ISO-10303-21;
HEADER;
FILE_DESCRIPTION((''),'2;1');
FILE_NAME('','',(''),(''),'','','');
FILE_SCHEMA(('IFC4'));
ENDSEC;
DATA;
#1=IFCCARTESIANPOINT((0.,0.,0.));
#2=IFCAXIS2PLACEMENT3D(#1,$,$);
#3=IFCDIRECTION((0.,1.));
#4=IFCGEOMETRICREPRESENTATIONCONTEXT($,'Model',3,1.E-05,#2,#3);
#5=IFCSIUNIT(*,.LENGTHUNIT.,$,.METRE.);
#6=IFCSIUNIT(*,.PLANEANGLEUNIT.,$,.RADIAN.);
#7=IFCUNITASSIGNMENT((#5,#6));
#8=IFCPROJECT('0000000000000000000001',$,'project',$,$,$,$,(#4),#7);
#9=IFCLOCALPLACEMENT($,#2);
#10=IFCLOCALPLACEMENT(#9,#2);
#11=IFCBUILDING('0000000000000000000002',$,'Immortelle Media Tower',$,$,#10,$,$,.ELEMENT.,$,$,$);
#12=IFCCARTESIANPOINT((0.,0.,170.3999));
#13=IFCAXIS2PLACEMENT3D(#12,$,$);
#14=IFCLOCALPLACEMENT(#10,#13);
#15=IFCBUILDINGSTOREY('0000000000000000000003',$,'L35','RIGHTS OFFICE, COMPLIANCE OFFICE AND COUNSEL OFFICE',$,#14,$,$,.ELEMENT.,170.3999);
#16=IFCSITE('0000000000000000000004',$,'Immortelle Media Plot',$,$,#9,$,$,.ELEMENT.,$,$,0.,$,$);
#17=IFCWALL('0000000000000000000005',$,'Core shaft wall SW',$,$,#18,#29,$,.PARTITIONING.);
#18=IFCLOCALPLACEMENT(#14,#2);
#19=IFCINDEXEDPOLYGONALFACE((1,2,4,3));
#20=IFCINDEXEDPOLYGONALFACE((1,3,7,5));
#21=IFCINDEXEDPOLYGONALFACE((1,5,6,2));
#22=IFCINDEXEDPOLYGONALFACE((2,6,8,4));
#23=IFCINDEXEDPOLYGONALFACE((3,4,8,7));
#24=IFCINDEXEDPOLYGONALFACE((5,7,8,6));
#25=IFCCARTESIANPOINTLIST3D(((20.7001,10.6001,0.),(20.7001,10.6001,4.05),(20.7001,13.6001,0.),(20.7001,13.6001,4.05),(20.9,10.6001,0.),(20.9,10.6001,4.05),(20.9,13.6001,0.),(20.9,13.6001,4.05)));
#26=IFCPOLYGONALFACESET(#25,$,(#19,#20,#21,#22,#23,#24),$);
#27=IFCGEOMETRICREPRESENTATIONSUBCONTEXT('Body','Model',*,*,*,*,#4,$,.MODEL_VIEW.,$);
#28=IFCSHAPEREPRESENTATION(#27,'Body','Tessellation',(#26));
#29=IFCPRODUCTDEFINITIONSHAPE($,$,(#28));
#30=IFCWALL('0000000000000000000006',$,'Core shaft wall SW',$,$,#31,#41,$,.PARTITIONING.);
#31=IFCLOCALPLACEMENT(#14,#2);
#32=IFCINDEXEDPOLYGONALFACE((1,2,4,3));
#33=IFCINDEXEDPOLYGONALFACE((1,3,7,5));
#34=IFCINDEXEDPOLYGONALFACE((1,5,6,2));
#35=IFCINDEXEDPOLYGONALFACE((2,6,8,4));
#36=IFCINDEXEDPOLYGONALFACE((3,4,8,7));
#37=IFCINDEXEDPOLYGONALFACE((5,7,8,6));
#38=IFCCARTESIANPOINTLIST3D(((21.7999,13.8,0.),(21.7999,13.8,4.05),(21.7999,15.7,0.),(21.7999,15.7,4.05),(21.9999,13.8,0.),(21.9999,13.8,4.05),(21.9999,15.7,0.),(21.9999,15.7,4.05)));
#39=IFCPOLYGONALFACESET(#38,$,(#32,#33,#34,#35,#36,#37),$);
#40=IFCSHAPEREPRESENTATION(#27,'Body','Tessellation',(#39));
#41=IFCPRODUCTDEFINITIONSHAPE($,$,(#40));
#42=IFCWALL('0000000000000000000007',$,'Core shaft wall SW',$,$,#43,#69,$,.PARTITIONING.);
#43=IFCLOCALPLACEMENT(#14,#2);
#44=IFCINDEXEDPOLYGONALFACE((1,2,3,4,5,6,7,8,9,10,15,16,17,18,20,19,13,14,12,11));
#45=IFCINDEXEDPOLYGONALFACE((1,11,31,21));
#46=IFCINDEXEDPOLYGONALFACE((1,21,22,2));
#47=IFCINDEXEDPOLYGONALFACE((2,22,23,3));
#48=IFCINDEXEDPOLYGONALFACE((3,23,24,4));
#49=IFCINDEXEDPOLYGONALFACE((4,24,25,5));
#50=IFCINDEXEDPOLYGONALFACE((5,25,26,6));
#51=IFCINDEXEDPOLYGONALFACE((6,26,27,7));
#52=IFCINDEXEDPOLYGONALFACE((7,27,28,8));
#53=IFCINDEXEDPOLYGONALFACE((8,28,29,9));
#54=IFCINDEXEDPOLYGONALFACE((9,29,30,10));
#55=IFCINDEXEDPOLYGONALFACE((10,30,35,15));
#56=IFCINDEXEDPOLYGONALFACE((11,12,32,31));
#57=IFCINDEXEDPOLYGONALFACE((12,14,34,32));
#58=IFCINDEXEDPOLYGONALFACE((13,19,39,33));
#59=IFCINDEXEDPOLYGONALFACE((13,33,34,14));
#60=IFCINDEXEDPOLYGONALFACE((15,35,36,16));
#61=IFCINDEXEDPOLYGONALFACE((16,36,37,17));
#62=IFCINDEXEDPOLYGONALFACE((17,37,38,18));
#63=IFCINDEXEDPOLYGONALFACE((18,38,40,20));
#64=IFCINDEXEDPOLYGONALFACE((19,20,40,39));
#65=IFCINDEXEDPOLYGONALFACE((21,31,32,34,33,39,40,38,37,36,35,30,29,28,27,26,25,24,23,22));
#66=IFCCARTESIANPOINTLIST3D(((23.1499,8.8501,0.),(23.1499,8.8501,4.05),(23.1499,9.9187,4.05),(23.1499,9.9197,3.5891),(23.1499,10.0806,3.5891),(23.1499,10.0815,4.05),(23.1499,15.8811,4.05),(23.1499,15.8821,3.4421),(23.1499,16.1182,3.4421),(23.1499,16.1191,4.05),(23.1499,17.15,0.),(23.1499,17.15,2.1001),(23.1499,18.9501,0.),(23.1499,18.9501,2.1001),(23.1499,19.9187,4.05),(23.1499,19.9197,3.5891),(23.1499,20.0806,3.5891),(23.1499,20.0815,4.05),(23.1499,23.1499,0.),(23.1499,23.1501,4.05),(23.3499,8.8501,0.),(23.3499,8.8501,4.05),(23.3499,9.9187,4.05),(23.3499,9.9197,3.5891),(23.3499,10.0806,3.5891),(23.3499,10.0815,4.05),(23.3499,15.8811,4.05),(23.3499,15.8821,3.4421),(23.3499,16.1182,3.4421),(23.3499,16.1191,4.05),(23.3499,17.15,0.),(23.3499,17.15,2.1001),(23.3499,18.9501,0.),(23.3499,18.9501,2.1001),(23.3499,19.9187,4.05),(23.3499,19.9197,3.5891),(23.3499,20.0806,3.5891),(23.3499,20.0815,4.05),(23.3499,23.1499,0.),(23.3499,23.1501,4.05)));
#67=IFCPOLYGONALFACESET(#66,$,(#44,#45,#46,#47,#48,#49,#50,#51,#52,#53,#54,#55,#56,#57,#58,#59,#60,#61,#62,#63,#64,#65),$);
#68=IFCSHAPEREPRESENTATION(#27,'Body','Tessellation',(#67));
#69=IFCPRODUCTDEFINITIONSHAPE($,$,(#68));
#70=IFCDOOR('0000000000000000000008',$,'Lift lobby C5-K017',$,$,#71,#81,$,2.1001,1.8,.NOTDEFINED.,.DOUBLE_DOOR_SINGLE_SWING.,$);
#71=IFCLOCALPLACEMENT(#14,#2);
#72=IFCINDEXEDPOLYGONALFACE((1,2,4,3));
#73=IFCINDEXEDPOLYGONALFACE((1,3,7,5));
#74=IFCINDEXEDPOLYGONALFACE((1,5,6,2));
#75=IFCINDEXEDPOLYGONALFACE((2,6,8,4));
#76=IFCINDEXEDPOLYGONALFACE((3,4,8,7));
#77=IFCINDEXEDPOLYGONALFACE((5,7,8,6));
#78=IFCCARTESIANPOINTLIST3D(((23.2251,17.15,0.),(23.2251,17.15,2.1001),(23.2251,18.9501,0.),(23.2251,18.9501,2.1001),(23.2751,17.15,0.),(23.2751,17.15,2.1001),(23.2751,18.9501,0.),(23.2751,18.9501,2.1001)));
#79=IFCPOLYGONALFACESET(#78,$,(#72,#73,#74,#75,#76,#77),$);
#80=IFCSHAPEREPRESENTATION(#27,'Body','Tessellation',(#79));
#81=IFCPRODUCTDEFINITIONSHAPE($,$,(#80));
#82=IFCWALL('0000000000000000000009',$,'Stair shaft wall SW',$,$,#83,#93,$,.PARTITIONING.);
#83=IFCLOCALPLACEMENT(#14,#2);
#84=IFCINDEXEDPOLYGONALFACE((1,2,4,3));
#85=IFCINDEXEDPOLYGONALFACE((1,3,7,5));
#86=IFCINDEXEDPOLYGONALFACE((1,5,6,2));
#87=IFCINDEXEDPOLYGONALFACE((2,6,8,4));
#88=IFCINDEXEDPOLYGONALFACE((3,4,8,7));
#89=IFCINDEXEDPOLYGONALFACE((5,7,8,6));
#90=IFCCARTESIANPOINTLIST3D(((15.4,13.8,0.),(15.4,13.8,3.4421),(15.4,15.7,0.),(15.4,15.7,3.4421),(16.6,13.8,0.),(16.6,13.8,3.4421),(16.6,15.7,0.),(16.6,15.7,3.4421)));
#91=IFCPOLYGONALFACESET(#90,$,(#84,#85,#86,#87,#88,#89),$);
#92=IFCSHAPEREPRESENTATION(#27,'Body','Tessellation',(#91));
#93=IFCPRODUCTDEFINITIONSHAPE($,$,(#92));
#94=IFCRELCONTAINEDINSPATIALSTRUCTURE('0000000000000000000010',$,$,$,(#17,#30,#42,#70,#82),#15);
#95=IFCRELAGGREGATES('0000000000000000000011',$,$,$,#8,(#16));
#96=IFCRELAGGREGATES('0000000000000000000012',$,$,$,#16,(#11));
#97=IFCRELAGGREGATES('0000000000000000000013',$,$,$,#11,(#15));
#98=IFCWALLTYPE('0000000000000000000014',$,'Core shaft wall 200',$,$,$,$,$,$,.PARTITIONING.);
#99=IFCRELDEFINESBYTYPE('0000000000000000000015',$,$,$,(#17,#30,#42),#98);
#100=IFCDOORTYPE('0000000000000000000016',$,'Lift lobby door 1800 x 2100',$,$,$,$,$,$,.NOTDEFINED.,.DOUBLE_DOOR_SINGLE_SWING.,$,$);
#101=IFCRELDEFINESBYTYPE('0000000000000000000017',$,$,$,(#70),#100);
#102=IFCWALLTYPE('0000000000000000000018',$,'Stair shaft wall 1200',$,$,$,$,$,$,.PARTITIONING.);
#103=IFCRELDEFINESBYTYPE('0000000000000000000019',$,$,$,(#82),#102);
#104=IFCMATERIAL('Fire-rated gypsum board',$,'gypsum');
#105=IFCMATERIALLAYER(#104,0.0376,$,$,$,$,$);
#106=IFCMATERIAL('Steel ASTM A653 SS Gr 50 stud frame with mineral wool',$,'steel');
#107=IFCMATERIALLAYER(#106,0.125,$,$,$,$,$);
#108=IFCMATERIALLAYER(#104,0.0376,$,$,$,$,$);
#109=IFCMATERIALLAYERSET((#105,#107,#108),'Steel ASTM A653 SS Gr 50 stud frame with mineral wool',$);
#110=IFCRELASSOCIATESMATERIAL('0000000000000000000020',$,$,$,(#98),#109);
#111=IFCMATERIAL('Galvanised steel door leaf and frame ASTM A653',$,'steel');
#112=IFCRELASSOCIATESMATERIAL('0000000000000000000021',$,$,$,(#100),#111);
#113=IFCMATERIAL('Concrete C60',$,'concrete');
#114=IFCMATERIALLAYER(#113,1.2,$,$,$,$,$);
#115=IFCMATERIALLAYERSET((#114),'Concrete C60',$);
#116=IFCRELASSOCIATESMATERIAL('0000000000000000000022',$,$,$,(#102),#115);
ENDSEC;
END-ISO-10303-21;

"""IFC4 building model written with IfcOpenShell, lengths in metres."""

from ifc_helpers import new_model, si_unit, direction, frame, frame_2d, origin, place, context, subcontext, project, spatial, polyline, rectangle, outline, extrude, material, layer, layer_set, type_object, element, fill, save


model = new_model("IFC4")

# Units and contexts
model_context = context("Model", 3, precision=1e-05, world=origin(), true_north=direction((0.0, 1.0)))
body_context = subcontext(model_context, "Body", "Model", "MODEL_VIEW")
ifc_project = project(units=[si_unit("LENGTHUNIT", "METRE"), si_unit("PLANEANGLEUNIT", "RADIAN")], contexts=[model_context])

# Site, building, storey
site_placement = place(None, origin())
site = spatial("IfcSite", under=ifc_project, at=site_placement, Name="Immortelle Media Plot", CompositionType="ELEMENT", RefElevation=0.0)
building_placement = place(site_placement, origin())
building = spatial("IfcBuilding", under=site, at=building_placement, Name="Immortelle Media Tower", CompositionType="ELEMENT")
storey_placement = place(building_placement, frame((0.0, 0.0, 170.3999)))
storey = spatial("IfcBuildingStorey", under=building, at=storey_placement, Name="L35", Description="RIGHTS OFFICE, COMPLIANCE OFFICE AND COUNSEL OFFICE", CompositionType="ELEMENT", Elevation=170.3999)

# Shared definitions
ifc_material_1 = material(Name="Galvanised steel door leaf and frame ASTM A653", Category="steel")

# Walls
ifc_material_2 = material(Name="Fire-rated gypsum board", Category="gypsum")
ifc_layer_1 = layer(ifc_material_2, 0.0376)
ifc_material_3 = material(Name="Steel ASTM A653 SS Gr 50 stud frame with mineral wool", Category="steel")
ifc_layer_2 = layer(ifc_material_3, 0.125)
ifc_layer_3 = layer(ifc_material_2, 0.0376)
ifc_layer_set_1 = layer_set([ifc_layer_1, ifc_layer_2, ifc_layer_3], Name="Steel ASTM A653 SS Gr 50 stud frame with mineral wool")
wall_type_1 = type_object("IfcWallType", Name="Core shaft wall 200", PredefinedType="PARTITIONING", material=ifc_layer_set_1)
wall_1_placement = place(storey_placement, frame((20.8, 10.6001, 0.0), z_axis=(0.0, 0.0, 1.0), x_axis=(0.0, 1.0, 0.0)))
element("IfcWall", 1, at=wall_1_placement, inside=storey, type_object=wall_type_1, Name="Core shaft wall SW", PredefinedType="PARTITIONING", context=body_context, shape_type="SweptSolid", body=[
    extrude(rectangle(XDim=3.0, YDim=0.2, at=frame_2d((1.5, 0.0))), origin(), (0.0, 0.0, 1.0), 4.05),
])
wall_2_placement = place(storey_placement, frame((21.8999, 13.8, 0.0), z_axis=(0.0, 0.0, 1.0), x_axis=(0.0, 1.0, 0.0)))
element("IfcWall", 2, at=wall_2_placement, inside=storey, type_object=wall_type_1, Name="Core shaft wall SW", PredefinedType="PARTITIONING", context=body_context, shape_type="SweptSolid", body=[
    extrude(rectangle(XDim=1.8999, YDim=0.2, at=frame_2d((0.95, 0.0))), origin(), (0.0, 0.0, 1.0), 4.05),
])

# Wall, opening, door
wall_3_placement = place(storey_placement, frame((23.25, 8.8501, 0.0), z_axis=(0.0, 0.0, 1.0), x_axis=(0.0, 1.0, 0.0)))
wall_3 = element("IfcWall", 3, at=wall_3_placement, inside=storey, type_object=wall_type_1, Name="Core shaft wall SW", PredefinedType="PARTITIONING", context=body_context, shape_type="SweptSolid", body=[
    extrude(outline(polyline([(0.0, 0.0), (14.2998, 0.0), (14.3, 4.05), (11.2314, 4.05), (11.2305, 3.5891), (11.0696, 3.5891), (11.0686, 4.05), (7.269, 4.05), (7.2681, 3.4421), (7.032, 3.4421), (7.031, 4.05), (1.2314, 4.05), (1.2305, 3.5891), (1.0696, 3.5891), (1.0686, 4.05), (0.0, 4.05), (0.0, 0.0)])), frame((0.0, 0.1001, 0.0), z_axis=(0.0, -1.0, 0.0), x_axis=(1.0, 0.0, 0.0)), (0.0, 0.0, 1.0), 0.2),
])
opening_1_placement = place(wall_3_placement, frame((8.3, 0.0, 0.0)))
opening_1 = element("IfcOpeningElement", 4, at=opening_1_placement, cuts=wall_3, PredefinedType="OPENING", context=body_context, shape_type="SweptSolid", body=[
    extrude(rectangle(XDim=1.8, YDim=2.1001, at=frame_2d((0.8999, 1.05))), frame((0.0, 0.1099, 0.0), z_axis=(0.0, -1.0, 0.0), x_axis=(1.0, 0.0, 0.0)), (0.0, 0.0, 1.0), 0.22),
])
door_type_1 = type_object("IfcDoorType", Name="Lift lobby door 1800 x 2100", OperationType="DOUBLE_DOOR_SINGLE_SWING", PredefinedType="NOTDEFINED", material=ifc_material_1)
door_1_placement = place(opening_1_placement, origin())
door_1 = element("IfcDoor", 5, at=door_1_placement, inside=storey, type_object=door_type_1, Name="Lift lobby C5-K017", OperationType="DOUBLE_DOOR_SINGLE_SWING", OverallHeight=2.1001, OverallWidth=1.8, PredefinedType="NOTDEFINED", context=body_context, shape_type="SweptSolid", body=[
    extrude(rectangle(XDim=1.8, YDim=2.1001, at=frame_2d((0.8999, 1.05))), frame((0.0, 0.0249, 0.0), z_axis=(0.0, -1.0, 0.0), x_axis=(1.0, 0.0, 0.0)), (0.0, 0.0, 1.0), 0.05),
])
fill(opening_1, door_1)

# Wall
ifc_material_4 = material(Name="Concrete C60", Category="concrete")
ifc_layer_4 = layer(ifc_material_4, 1.2)
ifc_layer_set_2 = layer_set([ifc_layer_4], Name="Concrete C60")
wall_type_2 = type_object("IfcWallType", Name="Stair shaft wall 1200", PredefinedType="PARTITIONING", material=ifc_layer_set_2)
wall_4_placement = place(storey_placement, frame((16.0, 13.8, 0.0), z_axis=(0.0, 0.0, 1.0), x_axis=(0.0, 1.0, 0.0)))
element("IfcWall", 6, at=wall_4_placement, inside=storey, type_object=wall_type_2, Name="Stair shaft wall SW", PredefinedType="PARTITIONING", context=body_context, shape_type="SweptSolid", body=[
    extrude(rectangle(XDim=1.8999, YDim=1.2, at=frame_2d((0.95, 0.0))), origin(), (0.0, 0.0, 1.0), 3.4421),
])

save(model, "model.ifc")
